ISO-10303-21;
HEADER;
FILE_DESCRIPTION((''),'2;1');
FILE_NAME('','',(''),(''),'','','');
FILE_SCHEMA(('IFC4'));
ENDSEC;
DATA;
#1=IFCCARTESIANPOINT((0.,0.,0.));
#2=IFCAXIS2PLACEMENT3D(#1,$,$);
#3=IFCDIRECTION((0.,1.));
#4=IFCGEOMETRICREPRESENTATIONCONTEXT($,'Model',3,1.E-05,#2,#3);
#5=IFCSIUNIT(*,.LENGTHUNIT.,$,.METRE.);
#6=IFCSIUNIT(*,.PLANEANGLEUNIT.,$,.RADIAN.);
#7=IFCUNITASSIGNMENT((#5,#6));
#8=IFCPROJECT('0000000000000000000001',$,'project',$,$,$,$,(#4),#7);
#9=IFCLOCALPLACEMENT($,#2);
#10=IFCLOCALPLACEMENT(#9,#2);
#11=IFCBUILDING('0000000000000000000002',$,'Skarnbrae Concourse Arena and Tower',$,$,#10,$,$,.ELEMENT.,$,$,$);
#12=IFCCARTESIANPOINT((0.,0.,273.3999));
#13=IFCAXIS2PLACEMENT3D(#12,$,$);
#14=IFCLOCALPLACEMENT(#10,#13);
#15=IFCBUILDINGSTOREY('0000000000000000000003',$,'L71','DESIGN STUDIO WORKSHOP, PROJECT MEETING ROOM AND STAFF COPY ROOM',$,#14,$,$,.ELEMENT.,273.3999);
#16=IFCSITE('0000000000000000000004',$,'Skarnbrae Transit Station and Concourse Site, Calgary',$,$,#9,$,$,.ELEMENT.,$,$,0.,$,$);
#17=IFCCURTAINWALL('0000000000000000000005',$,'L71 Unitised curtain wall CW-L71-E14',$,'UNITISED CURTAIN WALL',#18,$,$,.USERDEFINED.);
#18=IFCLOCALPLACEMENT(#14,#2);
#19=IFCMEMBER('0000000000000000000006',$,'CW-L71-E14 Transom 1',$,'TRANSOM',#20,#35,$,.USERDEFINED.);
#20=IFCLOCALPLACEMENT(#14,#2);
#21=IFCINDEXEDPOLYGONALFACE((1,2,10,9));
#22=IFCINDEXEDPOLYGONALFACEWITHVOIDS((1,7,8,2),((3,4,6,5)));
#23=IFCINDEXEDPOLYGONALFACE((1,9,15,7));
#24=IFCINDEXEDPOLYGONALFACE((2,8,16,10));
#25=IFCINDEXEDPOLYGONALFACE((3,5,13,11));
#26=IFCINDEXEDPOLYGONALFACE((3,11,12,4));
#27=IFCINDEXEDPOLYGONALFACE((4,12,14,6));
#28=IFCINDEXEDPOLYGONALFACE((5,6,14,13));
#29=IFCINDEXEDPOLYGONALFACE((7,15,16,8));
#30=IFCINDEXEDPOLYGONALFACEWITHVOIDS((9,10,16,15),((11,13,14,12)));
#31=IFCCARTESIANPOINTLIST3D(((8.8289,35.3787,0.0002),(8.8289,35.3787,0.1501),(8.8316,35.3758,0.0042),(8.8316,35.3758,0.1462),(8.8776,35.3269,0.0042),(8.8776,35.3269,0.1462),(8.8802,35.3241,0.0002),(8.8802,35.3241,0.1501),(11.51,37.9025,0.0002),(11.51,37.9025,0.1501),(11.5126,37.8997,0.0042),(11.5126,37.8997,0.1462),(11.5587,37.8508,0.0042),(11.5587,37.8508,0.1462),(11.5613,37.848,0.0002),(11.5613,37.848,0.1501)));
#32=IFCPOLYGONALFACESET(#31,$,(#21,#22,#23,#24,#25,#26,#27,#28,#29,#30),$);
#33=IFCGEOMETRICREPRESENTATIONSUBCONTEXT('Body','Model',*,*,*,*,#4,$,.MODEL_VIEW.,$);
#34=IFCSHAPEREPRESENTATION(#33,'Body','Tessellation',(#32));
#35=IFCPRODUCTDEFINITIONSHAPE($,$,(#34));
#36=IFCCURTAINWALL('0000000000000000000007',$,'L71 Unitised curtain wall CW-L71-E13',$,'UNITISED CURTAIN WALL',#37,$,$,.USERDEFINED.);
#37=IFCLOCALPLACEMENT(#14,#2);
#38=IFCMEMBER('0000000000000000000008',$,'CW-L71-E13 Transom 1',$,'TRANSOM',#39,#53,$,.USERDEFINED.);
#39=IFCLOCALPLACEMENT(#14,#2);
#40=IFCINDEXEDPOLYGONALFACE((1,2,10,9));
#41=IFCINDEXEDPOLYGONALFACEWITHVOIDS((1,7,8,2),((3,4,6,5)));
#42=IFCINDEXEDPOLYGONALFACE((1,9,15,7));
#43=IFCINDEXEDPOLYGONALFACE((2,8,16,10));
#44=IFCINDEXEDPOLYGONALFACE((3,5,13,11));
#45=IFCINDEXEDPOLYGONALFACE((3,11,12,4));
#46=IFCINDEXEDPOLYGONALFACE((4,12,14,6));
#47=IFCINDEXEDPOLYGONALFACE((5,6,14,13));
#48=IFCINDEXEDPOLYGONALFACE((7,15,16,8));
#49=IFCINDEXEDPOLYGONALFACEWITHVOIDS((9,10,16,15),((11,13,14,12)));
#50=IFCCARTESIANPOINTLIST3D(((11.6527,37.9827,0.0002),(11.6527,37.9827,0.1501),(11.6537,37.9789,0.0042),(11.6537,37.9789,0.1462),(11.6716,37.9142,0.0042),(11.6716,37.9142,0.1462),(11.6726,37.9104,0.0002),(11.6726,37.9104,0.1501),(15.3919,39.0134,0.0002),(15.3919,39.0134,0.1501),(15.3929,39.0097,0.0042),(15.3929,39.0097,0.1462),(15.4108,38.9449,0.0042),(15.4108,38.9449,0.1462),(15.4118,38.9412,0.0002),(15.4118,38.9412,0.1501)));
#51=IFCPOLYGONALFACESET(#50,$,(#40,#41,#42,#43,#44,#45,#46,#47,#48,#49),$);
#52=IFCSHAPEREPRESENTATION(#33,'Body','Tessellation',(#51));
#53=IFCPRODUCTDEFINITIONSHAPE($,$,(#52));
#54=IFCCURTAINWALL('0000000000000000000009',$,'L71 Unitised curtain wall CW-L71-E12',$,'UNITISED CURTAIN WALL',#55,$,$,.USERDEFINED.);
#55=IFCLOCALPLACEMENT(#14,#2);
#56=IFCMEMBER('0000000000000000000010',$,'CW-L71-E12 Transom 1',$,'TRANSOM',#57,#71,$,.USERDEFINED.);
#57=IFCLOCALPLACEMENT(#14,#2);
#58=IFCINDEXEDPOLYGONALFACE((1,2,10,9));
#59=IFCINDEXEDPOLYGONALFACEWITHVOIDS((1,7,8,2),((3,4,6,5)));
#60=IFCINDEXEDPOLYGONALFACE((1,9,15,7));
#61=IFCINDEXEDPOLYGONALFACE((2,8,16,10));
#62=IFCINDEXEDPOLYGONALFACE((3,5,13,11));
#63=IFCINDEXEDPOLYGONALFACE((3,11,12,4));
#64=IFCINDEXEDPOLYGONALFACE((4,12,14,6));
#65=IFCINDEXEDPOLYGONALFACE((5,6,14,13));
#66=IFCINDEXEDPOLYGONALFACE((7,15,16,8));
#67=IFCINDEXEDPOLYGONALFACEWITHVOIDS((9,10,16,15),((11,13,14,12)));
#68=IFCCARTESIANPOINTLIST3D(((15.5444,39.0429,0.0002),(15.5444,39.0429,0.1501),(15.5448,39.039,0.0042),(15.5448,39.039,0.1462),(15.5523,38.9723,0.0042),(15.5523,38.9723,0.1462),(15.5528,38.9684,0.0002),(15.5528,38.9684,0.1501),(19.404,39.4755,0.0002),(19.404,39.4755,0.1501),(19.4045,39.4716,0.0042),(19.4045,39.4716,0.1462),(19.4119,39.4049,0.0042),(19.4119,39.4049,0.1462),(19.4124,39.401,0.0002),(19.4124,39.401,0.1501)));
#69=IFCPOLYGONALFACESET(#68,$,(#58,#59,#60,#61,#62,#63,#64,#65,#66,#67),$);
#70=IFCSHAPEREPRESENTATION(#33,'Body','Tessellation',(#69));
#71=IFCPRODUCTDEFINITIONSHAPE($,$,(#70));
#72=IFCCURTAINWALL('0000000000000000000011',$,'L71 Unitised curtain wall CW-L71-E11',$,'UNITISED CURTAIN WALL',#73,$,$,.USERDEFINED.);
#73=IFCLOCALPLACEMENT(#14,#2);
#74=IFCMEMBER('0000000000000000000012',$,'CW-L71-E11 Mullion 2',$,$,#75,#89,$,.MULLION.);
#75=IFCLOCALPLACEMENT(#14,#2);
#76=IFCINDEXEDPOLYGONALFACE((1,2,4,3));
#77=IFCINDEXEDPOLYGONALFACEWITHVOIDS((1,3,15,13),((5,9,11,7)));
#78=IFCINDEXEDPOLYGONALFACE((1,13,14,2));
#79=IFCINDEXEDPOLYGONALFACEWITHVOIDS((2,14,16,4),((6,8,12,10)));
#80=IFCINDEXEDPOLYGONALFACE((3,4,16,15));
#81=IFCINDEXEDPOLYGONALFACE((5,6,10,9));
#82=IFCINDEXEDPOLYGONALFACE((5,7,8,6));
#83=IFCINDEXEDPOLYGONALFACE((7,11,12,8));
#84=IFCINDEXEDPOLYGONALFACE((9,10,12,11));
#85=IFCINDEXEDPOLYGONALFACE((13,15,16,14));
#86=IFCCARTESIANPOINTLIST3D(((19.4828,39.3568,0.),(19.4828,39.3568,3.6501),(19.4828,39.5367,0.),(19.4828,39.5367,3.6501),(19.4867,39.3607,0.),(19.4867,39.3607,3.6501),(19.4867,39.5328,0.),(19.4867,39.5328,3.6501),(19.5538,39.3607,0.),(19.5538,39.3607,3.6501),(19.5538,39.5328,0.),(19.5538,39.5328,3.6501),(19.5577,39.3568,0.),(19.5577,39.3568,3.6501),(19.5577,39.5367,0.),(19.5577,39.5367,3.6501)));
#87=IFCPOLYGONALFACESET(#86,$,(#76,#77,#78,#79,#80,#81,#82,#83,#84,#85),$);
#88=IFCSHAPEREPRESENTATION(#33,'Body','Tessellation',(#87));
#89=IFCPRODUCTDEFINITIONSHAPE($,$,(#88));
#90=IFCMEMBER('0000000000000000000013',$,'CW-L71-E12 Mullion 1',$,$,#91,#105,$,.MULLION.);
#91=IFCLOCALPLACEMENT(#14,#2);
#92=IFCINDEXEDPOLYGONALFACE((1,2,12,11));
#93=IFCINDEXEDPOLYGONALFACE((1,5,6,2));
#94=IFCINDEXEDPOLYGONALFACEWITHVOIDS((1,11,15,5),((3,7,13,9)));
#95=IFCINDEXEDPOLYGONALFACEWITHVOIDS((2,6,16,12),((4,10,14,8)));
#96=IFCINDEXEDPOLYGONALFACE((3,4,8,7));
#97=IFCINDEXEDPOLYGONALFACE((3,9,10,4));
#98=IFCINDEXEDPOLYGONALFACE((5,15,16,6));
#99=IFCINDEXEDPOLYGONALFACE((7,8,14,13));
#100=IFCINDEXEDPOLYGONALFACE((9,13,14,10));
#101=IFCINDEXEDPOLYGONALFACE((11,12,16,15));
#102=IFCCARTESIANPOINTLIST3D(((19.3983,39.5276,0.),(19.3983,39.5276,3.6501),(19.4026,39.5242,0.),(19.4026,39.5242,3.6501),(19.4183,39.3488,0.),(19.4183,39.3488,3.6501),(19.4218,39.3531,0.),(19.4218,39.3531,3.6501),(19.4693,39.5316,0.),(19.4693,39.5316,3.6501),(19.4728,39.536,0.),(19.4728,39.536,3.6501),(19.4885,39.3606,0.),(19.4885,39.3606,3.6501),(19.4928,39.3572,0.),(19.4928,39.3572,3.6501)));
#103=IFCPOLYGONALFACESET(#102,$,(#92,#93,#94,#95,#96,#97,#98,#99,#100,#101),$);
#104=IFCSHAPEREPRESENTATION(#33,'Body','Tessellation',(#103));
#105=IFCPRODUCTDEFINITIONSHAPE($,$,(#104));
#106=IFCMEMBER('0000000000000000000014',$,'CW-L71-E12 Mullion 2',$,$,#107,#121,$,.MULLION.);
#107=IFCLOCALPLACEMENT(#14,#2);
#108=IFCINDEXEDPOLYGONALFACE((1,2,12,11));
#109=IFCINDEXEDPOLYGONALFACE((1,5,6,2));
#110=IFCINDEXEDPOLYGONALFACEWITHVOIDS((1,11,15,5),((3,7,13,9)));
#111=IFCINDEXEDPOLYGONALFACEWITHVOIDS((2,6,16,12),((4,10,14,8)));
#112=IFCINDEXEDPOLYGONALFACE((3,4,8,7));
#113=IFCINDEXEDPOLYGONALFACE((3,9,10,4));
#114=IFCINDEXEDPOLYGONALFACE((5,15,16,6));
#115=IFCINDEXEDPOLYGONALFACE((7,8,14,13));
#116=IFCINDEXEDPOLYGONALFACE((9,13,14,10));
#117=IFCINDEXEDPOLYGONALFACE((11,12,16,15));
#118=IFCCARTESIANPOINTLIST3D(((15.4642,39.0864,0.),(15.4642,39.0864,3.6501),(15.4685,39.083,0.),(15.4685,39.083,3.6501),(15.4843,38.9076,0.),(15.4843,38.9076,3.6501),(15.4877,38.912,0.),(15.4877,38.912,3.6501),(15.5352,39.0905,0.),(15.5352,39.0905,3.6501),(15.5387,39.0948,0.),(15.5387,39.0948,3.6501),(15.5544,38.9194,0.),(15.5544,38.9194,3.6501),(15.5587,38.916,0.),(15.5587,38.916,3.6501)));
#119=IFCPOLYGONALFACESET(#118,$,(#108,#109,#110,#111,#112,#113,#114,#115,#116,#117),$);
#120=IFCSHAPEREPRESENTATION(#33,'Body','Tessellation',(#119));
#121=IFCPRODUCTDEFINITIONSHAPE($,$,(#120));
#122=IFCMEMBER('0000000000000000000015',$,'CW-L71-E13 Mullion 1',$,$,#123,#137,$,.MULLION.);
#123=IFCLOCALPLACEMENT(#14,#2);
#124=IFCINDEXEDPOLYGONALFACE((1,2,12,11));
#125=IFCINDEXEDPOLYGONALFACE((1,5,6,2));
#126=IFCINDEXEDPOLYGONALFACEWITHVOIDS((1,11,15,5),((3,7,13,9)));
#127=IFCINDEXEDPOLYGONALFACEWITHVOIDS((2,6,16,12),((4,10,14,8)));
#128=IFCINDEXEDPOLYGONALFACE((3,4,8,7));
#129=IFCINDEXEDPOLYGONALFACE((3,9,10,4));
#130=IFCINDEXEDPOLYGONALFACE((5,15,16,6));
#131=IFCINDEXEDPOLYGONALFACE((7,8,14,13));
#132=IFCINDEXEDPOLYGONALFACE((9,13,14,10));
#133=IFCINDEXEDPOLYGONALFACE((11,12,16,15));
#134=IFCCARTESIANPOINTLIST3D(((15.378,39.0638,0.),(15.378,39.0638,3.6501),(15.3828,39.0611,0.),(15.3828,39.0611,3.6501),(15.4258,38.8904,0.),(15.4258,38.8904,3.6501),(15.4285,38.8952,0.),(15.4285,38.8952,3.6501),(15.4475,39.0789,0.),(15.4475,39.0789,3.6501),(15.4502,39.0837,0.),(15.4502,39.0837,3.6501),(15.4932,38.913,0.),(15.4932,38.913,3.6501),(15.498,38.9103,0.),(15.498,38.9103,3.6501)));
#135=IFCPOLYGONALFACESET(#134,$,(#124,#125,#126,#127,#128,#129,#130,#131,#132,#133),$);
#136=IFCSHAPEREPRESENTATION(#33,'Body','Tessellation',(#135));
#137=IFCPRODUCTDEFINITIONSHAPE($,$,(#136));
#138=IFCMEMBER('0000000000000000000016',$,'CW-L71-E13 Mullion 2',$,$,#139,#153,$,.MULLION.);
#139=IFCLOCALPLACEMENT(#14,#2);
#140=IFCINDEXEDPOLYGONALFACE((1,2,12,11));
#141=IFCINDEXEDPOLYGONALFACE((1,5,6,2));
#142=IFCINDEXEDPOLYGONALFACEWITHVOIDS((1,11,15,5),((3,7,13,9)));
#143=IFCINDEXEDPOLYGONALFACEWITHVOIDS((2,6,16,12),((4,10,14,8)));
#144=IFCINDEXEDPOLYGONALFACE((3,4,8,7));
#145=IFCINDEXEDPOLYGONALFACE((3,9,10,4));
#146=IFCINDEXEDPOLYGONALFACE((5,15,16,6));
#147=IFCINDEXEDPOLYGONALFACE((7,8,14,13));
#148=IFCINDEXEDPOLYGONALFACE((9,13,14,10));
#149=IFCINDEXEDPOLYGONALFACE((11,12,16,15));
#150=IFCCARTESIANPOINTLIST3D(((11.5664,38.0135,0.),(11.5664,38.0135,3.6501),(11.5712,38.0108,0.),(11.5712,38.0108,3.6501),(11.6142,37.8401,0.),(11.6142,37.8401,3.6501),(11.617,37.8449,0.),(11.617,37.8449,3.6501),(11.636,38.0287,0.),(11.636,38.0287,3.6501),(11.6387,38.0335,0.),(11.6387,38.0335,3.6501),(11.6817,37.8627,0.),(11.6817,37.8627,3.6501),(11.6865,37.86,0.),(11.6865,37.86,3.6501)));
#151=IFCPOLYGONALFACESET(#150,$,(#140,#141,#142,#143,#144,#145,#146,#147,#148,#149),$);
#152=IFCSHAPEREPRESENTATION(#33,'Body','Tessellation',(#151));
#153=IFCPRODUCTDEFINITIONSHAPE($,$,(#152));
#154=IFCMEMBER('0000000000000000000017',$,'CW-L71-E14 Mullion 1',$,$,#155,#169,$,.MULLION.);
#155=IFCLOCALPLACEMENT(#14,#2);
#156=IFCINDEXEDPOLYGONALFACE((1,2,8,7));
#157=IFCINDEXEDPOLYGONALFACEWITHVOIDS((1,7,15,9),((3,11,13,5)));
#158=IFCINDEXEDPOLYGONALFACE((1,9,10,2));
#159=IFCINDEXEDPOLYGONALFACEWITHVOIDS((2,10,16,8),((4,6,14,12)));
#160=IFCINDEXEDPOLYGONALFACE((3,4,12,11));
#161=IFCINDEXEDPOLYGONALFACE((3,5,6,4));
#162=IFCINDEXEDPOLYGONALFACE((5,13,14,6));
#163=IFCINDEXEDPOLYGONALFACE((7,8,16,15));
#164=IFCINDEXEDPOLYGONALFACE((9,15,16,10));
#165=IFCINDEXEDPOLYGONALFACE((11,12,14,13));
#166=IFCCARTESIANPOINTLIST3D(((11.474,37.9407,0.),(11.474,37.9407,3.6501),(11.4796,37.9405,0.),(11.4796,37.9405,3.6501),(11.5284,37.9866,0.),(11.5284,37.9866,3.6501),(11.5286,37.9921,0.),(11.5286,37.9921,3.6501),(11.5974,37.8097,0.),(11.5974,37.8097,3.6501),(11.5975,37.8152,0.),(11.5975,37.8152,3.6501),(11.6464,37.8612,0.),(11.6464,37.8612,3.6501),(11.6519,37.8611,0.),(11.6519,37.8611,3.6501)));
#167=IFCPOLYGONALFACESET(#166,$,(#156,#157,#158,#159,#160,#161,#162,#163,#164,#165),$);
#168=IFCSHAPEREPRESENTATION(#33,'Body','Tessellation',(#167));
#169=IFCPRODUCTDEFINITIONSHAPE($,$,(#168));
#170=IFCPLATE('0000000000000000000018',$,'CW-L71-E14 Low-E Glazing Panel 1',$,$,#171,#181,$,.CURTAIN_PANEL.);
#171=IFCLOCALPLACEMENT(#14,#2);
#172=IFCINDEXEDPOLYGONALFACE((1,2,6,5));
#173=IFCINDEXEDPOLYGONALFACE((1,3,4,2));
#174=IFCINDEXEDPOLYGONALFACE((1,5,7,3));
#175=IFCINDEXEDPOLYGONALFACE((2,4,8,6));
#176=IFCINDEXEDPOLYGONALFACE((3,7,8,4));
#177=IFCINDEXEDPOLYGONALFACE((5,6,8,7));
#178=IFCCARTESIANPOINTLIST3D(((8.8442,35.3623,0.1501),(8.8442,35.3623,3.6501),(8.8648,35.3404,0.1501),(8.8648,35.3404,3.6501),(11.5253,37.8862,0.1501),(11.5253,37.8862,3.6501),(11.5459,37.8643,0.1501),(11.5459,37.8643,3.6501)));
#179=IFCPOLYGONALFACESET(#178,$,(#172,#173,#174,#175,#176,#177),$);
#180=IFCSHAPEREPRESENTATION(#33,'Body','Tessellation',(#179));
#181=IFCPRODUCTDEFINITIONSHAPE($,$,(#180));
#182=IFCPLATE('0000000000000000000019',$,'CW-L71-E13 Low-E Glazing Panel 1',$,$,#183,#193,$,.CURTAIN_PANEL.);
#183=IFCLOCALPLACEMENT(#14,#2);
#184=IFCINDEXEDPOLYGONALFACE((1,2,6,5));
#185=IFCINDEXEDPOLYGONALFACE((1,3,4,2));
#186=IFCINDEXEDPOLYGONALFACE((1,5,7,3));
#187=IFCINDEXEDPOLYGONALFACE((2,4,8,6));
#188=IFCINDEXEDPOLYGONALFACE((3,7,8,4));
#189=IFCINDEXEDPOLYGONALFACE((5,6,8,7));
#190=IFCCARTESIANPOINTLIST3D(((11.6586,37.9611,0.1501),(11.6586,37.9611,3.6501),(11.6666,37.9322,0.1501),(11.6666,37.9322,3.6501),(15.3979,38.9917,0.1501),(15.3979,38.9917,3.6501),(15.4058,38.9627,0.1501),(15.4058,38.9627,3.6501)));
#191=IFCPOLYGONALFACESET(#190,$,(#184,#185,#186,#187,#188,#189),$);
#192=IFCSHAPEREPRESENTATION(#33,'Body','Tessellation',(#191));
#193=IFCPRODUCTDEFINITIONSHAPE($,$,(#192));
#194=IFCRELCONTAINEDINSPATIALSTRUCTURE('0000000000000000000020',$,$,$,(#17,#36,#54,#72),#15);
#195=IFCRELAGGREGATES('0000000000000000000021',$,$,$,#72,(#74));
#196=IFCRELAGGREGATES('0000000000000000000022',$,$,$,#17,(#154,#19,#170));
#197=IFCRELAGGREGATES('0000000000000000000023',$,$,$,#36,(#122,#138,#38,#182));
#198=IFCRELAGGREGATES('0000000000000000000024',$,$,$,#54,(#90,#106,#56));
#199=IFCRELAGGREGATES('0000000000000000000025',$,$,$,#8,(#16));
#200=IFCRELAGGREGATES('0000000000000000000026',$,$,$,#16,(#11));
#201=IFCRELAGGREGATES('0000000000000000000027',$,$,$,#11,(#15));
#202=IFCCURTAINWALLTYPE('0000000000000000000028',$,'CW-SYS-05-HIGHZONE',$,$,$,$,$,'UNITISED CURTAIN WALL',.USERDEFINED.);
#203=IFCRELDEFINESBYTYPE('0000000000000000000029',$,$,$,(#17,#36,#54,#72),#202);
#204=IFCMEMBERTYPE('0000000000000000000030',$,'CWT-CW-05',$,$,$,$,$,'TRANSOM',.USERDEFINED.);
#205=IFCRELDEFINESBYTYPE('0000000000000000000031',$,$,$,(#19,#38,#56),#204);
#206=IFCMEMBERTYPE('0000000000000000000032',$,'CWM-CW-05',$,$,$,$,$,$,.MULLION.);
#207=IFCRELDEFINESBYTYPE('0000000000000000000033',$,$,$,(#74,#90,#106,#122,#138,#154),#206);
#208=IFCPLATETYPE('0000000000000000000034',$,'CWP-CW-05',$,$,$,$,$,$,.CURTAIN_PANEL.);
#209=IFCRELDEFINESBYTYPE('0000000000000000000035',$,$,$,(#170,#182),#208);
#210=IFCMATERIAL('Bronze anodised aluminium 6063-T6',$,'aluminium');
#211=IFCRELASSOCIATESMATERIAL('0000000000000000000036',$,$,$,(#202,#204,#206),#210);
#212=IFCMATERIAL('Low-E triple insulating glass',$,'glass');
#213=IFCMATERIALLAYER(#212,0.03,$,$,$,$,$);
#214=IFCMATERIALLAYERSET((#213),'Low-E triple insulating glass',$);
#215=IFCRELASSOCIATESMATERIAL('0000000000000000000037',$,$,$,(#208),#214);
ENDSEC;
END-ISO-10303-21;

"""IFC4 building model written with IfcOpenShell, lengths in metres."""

from ifc_helpers import new_model, si_unit, direction, frame, origin, origin_2d, place, context, subcontext, project, spatial, rectangle, hollow_rectangle, extrude, source, transform, mapped, material, layer, layer_set, material_profile, profile_set, type_object, element, aggregate, save


model = new_model("IFC4")

# Units and contexts
model_context = context("Model", 3, precision=1e-05, world=origin(), true_north=direction((0.0, 1.0)))
body_context = subcontext(model_context, "Body", "Model", "MODEL_VIEW")
ifc_project = project(units=[si_unit("LENGTHUNIT", "METRE"), si_unit("PLANEANGLEUNIT", "RADIAN")], contexts=[model_context])

# Site, building, storey
site_placement = place(None, origin())
site = spatial("IfcSite", under=ifc_project, at=site_placement, Name="Skarnbrae Transit Station and Concourse Site, Calgary", CompositionType="ELEMENT", RefElevation=0.0)
building_placement = place(site_placement, origin())
building = spatial("IfcBuilding", under=site, at=building_placement, Name="Skarnbrae Concourse Arena and Tower", CompositionType="ELEMENT")
storey_placement = place(building_placement, frame((0.0, 0.0, 273.3999)))
storey = spatial("IfcBuildingStorey", under=building, at=storey_placement, Name="L71", Description="DESIGN STUDIO WORKSHOP, PROJECT MEETING ROOM AND STAFF COPY ROOM", CompositionType="ELEMENT", Elevation=273.3999)

# Curtain walls, members
ifc_material_1 = material(Name="Bronze anodised aluminium 6063-T6", Category="aluminium")
curtain_wall_type = type_object("IfcCurtainWallType", Name="CW-SYS-05-HIGHZONE", ElementType="UNITISED CURTAIN WALL", PredefinedType="USERDEFINED", material=ifc_material_1)
curtain_wall_1_placement = place(storey_placement, origin())
curtain_wall_1 = element("IfcCurtainWall", 1, at=curtain_wall_1_placement, inside=storey, type_object=curtain_wall_type, Name="L71 Unitised curtain wall CW-L71-E14", ObjectType="UNITISED CURTAIN WALL", PredefinedType="USERDEFINED")
ifc_material_profile_1 = material_profile(ifc_material_1, hollow_rectangle(XDim=0.075, YDim=0.1499, WallThickness=0.0039, at=origin_2d()), Name="ALU-TRAN-75X150")
ifc_profile_set_1 = profile_set([ifc_material_profile_1], Name="Bronze anodised aluminium 6063-T6")
member_type_1 = type_object("IfcMemberType", Name="CWT-CW-05", ElementType="TRANSOM", PredefinedType="USERDEFINED", material=ifc_profile_set_1)
shared_shape_1 = source(origin(), body_context, "Body", "SweptSolid", [
    extrude(hollow_rectangle(XDim=0.075, YDim=0.1499, WallThickness=0.0039, at=origin_2d()), origin(), (0.0, 0.0, 1.0), 3.6821),
])
member_1_placement = place(storey_placement, frame((11.5356, 37.8752, 0.0752), z_axis=(-0.728134, -0.685435, 0.0), x_axis=(0.685435, -0.728134, 0.0)))
member_1 = element("IfcMember", 2, at=member_1_placement, type_object=member_type_1, Name="CW-L71-E14 Transom 1", ObjectType="TRANSOM", PredefinedType="USERDEFINED", context=body_context, shape_type="MappedRepresentation", body=[
    mapped(shared_shape_1, transform((0.0, 0.0, 0.0))),
])
curtain_wall_2_placement = place(storey_placement, origin())
curtain_wall_2 = element("IfcCurtainWall", 3, at=curtain_wall_2_placement, inside=storey, type_object=curtain_wall_type, Name="L71 Unitised curtain wall CW-L71-E13", ObjectType="UNITISED CURTAIN WALL", PredefinedType="USERDEFINED")
shared_shape_2 = source(origin(), body_context, "Body", "SweptSolid", [
    extrude(hollow_rectangle(XDim=0.075, YDim=0.1499, WallThickness=0.0039, at=origin_2d()), origin(), (0.0, 0.0, 1.0), 3.8787),
])
member_2_placement = place(storey_placement, frame((15.4019, 38.9773, 0.0752), z_axis=(-0.964043, -0.265747, 0.0), x_axis=(0.265747, -0.964043, 0.0)))
member_2 = element("IfcMember", 4, at=member_2_placement, type_object=member_type_1, Name="CW-L71-E13 Transom 1", ObjectType="TRANSOM", PredefinedType="USERDEFINED", context=body_context, shape_type="MappedRepresentation", body=[
    mapped(shared_shape_2, transform((0.0, 0.0, 0.0))),
])
curtain_wall_3_placement = place(storey_placement, origin())
curtain_wall_3 = element("IfcCurtainWall", 5, at=curtain_wall_3_placement, inside=storey, type_object=curtain_wall_type, Name="L71 Unitised curtain wall CW-L71-E12", ObjectType="UNITISED CURTAIN WALL", PredefinedType="USERDEFINED")
shared_shape_3 = source(origin(), body_context, "Body", "SweptSolid", [
    extrude(hollow_rectangle(XDim=0.075, YDim=0.1499, WallThickness=0.0039, at=origin_2d()), origin(), (0.0, 0.0, 1.0), 3.8838),
])
member_3_placement = place(storey_placement, frame((19.4082, 39.4382, 0.0752), z_axis=(-0.993777, -0.11139, 0.0), x_axis=(0.11139, -0.993777, 0.0)))
member_3 = element("IfcMember", 6, at=member_3_placement, type_object=member_type_1, Name="CW-L71-E12 Transom 1", ObjectType="TRANSOM", PredefinedType="USERDEFINED", context=body_context, shape_type="MappedRepresentation", body=[
    mapped(shared_shape_3, transform((0.0, 0.0, 0.0))),
])
curtain_wall_4_placement = place(storey_placement, origin())
curtain_wall_4 = element("IfcCurtainWall", 7, at=curtain_wall_4_placement, inside=storey, type_object=curtain_wall_type, Name="L71 Unitised curtain wall CW-L71-E11", ObjectType="UNITISED CURTAIN WALL", PredefinedType="USERDEFINED")
ifc_material_profile_2 = material_profile(ifc_material_1, hollow_rectangle(XDim=0.075, YDim=0.1799, WallThickness=0.0039, at=origin_2d()), Name="ALU-MULL-75X180")
ifc_profile_set_2 = profile_set([ifc_material_profile_2], Name="Bronze anodised aluminium 6063-T6")
member_type_2 = type_object("IfcMemberType", Name="CWM-CW-05", PredefinedType="MULLION", material=ifc_profile_set_2)
shared_shape_4 = source(origin(), body_context, "Body", "SweptSolid", [
    extrude(hollow_rectangle(XDim=0.075, YDim=0.1799, WallThickness=0.0039, at=origin_2d()), origin(), (0.0, 0.0, 1.0), 3.6501),
])
member_4_placement = place(storey_placement, frame((19.5203, 39.4468, 0.0), z_axis=(0.0, 0.0, 1.0), x_axis=(-1.0, 0.0, 0.0)))
member_4 = element("IfcMember", 8, at=member_4_placement, type_object=member_type_2, Name="CW-L71-E11 Mullion 2", PredefinedType="MULLION", context=body_context, shape_type="MappedRepresentation", body=[
    mapped(shared_shape_4, transform((0.0, 0.0, 0.0))),
])
aggregate(curtain_wall_4, [member_4])

# Members
member_5_placement = place(storey_placement, frame((19.4456, 39.4424, 0.0), z_axis=(0.0, 0.0, 1.0), x_axis=(-0.993769, -0.11146, 0.0)))
member_5 = element("IfcMember", 9, at=member_5_placement, type_object=member_type_2, Name="CW-L71-E12 Mullion 1", PredefinedType="MULLION", context=body_context, shape_type="MappedRepresentation", body=[
    mapped(shared_shape_4, transform((0.0, 0.0, 0.0))),
])
member_6_placement = place(storey_placement, frame((15.5115, 39.0012, 0.0), z_axis=(0.0, 0.0, 1.0), x_axis=(-0.993769, -0.11146, 0.0)))
member_6 = element("IfcMember", 10, at=member_6_placement, type_object=member_type_2, Name="CW-L71-E12 Mullion 2", PredefinedType="MULLION", context=body_context, shape_type="MappedRepresentation", body=[
    mapped(shared_shape_4, transform((0.0, 0.0, 0.0))),
])
member_7_placement = place(storey_placement, frame((15.438, 38.9871, 0.0), z_axis=(0.0, 0.0, 1.0), x_axis=(-0.964057, -0.265694, 0.0)))
member_7 = element("IfcMember", 11, at=member_7_placement, type_object=member_type_2, Name="CW-L71-E13 Mullion 1", PredefinedType="MULLION", context=body_context, shape_type="MappedRepresentation", body=[
    mapped(shared_shape_4, transform((0.0, 0.0, 0.0))),
])
member_8_placement = place(storey_placement, frame((11.6265, 37.9368, 0.0), z_axis=(0.0, 0.0, 1.0), x_axis=(-0.964057, -0.265694, 0.0)))
member_8 = element("IfcMember", 12, at=member_8_placement, type_object=member_type_2, Name="CW-L71-E13 Mullion 2", PredefinedType="MULLION", context=body_context, shape_type="MappedRepresentation", body=[
    mapped(shared_shape_4, transform((0.0, 0.0, 0.0))),
])
member_9_placement = place(storey_placement, frame((11.563, 37.9009, 0.0), z_axis=(0.0, 0.0, 1.0), x_axis=(-0.728131, -0.685438, 0.0)))
member_9 = element("IfcMember", 13, at=member_9_placement, type_object=member_type_2, Name="CW-L71-E14 Mullion 1", PredefinedType="MULLION", context=body_context, shape_type="MappedRepresentation", body=[
    mapped(shared_shape_4, transform((0.0, 0.0, 0.0))),
])

# Plates
ifc_material_2 = material(Name="Low-E triple insulating glass", Category="glass")
ifc_layer_1 = layer(ifc_material_2, 0.03)
ifc_layer_set_1 = layer_set([ifc_layer_1], Name="Low-E triple insulating glass")
plate_type = type_object("IfcPlateType", Name="CWP-CW-05", PredefinedType="CURTAIN_PANEL", material=ifc_layer_set_1)
shared_shape_5 = source(origin(), body_context, "Body", "SweptSolid", [
    extrude(rectangle(XDim=3.6821, YDim=0.03, at=origin_2d()), origin(), (0.0, 0.0, 1.0), 3.5),
])
plate_1_placement = place(storey_placement, frame((10.1951, 36.6133, 0.1501), z_axis=(0.0, 0.0, 1.0), x_axis=(-0.728131, -0.685438, 0.0)))
plate_1 = element("IfcPlate", 14, at=plate_1_placement, type_object=plate_type, Name="CW-L71-E14 Low-E Glazing Panel 1", PredefinedType="CURTAIN_PANEL", context=body_context, shape_type="MappedRepresentation", body=[
    mapped(shared_shape_5, transform((0.0, 0.0, 0.0))),
])
aggregate(curtain_wall_1, [member_9, member_1, plate_1])
shared_shape_6 = source(origin(), body_context, "Body", "SweptSolid", [
    extrude(rectangle(XDim=3.8787, YDim=0.03, at=origin_2d()), origin(), (0.0, 0.0, 1.0), 3.5),
])
plate_2_placement = place(storey_placement, frame((13.5322, 38.4619, 0.1501), z_axis=(0.0, 0.0, 1.0), x_axis=(-0.964057, -0.265694, 0.0)))
plate_2 = element("IfcPlate", 15, at=plate_2_placement, type_object=plate_type, Name="CW-L71-E13 Low-E Glazing Panel 1", PredefinedType="CURTAIN_PANEL", context=body_context, shape_type="MappedRepresentation", body=[
    mapped(shared_shape_6, transform((0.0, 0.0, 0.0))),
])
aggregate(curtain_wall_2, [member_7, member_8, member_2, plate_2])
aggregate(curtain_wall_3, [member_5, member_6, member_3])

save(model, "model.ifc")
